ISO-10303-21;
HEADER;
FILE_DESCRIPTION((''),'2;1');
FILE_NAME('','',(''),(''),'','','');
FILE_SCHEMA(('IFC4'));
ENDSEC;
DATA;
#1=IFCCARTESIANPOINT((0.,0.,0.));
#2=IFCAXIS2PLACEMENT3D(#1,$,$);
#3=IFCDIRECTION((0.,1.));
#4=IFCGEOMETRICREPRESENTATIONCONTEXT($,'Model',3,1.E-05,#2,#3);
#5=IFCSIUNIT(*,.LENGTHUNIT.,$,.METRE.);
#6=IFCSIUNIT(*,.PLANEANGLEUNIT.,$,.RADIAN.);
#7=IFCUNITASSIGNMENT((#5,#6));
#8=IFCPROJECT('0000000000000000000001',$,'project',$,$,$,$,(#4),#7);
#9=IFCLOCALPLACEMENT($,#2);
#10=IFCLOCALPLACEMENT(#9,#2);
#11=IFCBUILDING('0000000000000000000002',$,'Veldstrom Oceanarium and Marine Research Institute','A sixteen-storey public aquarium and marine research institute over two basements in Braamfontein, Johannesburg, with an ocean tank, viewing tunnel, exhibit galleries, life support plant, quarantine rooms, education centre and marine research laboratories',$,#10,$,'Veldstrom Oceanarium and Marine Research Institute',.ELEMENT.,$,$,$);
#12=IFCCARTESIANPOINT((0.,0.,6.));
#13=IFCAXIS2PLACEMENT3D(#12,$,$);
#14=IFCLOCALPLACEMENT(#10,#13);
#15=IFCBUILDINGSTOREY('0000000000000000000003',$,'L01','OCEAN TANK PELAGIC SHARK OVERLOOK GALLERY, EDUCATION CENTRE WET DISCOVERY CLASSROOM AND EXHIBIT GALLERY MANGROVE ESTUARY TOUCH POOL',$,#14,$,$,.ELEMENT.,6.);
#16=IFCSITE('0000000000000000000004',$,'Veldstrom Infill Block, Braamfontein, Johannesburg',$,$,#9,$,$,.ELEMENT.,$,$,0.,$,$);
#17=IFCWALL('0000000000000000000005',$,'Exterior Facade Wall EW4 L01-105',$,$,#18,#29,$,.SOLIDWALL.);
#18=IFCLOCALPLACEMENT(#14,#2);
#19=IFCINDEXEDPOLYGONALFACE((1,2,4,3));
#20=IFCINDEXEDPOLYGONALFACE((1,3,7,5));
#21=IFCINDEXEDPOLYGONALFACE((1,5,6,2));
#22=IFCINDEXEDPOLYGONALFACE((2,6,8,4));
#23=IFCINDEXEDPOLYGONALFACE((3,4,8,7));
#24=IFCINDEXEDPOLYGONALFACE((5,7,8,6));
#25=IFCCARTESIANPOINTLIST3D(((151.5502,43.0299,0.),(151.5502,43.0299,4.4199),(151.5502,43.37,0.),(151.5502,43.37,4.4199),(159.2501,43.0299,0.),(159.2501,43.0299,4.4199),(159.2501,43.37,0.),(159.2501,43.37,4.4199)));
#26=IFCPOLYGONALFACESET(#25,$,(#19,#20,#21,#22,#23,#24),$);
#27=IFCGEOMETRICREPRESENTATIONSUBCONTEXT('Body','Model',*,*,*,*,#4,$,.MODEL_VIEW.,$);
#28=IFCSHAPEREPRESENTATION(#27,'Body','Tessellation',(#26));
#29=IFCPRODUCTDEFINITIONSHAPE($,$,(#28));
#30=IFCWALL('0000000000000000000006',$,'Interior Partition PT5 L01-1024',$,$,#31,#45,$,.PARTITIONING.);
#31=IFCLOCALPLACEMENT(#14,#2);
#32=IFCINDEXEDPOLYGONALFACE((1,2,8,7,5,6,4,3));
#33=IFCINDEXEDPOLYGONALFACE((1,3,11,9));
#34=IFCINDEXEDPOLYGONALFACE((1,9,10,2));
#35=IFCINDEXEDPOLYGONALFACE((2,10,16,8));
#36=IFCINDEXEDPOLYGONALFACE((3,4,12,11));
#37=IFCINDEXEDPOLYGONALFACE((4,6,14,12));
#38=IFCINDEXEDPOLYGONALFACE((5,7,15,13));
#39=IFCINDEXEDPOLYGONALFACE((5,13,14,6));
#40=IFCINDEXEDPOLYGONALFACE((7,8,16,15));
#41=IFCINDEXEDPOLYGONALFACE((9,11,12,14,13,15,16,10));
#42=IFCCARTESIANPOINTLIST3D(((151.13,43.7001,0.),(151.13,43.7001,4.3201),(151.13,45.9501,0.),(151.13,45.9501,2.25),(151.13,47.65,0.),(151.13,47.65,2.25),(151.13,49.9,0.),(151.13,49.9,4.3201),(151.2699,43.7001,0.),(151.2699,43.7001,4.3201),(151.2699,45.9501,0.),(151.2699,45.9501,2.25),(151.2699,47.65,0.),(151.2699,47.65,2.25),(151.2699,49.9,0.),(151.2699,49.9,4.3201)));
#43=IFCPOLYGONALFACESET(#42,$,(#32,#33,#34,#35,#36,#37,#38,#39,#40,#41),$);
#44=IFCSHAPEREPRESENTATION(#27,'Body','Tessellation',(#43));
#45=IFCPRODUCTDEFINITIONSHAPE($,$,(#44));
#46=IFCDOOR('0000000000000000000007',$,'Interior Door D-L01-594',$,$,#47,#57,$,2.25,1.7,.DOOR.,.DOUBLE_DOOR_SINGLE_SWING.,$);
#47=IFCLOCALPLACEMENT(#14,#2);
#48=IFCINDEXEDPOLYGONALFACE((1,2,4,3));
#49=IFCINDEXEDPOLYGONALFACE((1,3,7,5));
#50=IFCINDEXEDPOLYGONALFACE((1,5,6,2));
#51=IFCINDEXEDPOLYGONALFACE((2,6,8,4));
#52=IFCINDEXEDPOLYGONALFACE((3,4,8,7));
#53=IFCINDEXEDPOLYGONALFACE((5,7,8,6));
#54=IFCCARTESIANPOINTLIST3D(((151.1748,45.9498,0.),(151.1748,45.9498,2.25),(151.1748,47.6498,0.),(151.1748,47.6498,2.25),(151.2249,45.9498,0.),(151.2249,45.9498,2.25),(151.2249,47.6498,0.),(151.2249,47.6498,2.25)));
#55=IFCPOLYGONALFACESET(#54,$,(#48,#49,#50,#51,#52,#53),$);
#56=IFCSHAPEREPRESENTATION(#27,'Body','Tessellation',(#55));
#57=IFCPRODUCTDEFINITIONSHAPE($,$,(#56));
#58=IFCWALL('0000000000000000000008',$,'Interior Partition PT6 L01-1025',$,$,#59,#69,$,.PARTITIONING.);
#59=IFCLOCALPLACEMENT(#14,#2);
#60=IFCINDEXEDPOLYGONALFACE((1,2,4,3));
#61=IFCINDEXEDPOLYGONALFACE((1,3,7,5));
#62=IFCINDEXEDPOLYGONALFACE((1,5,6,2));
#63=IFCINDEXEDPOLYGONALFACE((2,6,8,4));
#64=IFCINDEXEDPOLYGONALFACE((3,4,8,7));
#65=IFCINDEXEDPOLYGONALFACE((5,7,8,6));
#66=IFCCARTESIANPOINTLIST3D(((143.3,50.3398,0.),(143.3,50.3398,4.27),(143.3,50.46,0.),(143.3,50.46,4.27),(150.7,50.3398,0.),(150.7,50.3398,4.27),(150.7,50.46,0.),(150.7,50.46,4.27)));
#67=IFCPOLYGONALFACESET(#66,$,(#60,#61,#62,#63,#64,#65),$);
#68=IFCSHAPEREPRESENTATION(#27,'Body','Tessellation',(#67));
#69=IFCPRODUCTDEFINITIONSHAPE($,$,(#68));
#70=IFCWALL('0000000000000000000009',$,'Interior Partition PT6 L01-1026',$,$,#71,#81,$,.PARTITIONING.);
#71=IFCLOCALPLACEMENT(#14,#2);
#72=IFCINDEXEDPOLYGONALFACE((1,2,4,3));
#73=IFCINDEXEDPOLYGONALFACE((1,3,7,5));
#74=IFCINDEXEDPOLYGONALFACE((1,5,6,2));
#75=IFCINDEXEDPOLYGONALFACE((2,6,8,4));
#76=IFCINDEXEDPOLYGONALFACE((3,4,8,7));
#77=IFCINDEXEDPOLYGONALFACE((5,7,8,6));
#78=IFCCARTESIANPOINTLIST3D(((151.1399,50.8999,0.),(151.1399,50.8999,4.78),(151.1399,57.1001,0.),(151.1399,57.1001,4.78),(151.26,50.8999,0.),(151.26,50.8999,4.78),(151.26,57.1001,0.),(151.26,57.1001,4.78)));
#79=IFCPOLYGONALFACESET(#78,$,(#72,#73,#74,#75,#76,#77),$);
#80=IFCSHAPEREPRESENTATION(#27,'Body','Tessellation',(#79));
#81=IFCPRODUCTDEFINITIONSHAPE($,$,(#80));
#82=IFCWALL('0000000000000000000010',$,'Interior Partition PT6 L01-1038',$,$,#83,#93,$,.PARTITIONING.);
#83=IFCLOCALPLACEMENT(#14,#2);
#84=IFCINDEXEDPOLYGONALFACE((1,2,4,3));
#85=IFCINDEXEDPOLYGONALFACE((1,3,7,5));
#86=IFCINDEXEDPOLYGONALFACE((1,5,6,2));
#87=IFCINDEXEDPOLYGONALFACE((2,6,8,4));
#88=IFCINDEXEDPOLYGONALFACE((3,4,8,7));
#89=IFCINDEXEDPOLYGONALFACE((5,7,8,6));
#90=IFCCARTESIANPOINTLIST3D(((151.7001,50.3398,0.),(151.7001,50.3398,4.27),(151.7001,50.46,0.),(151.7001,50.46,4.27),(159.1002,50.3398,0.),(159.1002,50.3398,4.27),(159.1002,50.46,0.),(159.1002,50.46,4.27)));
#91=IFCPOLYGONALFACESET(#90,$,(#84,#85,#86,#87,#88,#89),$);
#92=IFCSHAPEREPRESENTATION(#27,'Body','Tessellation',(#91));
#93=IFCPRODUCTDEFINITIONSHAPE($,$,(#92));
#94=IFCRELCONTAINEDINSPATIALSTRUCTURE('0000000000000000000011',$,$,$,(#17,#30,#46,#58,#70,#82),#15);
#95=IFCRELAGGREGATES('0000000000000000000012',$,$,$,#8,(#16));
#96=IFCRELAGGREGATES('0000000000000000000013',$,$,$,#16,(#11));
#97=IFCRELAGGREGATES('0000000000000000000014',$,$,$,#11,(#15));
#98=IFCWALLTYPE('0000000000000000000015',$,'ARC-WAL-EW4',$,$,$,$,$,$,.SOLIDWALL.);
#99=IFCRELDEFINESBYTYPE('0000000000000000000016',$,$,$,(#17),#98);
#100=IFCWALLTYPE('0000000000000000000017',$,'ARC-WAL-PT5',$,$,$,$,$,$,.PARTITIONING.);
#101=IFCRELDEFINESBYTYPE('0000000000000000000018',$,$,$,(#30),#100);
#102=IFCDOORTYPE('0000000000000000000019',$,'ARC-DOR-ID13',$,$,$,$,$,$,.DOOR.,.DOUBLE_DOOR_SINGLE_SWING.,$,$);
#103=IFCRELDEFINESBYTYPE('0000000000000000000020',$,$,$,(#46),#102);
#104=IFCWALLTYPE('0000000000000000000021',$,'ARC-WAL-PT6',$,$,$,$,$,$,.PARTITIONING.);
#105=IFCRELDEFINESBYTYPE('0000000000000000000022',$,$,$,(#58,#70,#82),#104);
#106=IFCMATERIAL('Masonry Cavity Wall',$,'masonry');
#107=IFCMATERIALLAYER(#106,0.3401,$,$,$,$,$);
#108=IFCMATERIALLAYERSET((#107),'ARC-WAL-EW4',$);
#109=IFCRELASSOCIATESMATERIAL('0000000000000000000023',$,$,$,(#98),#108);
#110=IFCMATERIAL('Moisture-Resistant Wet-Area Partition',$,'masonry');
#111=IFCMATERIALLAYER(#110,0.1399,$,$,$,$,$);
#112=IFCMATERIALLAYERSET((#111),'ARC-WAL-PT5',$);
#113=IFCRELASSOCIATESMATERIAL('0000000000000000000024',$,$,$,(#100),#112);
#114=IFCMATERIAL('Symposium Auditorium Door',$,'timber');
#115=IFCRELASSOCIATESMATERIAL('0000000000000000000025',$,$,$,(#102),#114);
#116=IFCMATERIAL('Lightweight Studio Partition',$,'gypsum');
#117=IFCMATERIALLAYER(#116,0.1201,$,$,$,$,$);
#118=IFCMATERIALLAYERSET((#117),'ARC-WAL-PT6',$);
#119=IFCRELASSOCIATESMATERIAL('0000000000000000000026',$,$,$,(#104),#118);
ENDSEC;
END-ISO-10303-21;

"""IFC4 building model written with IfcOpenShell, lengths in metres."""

from ifc_helpers import new_model, si_unit, direction, frame, frame_2d, origin, place, context, subcontext, project, spatial, rectangle, extrude, material, layer, layer_set, type_object, element, fill, save


model = new_model("IFC4")

# Units and contexts
model_context = context("Model", 3, precision=1e-05, world=origin(), true_north=direction((0.0, 1.0)))
body_context = subcontext(model_context, "Body", "Model", "MODEL_VIEW")
ifc_project = project(units=[si_unit("LENGTHUNIT", "METRE"), si_unit("PLANEANGLEUNIT", "RADIAN")], contexts=[model_context])

# Site, building, storey
site_placement = place(None, origin())
site = spatial("IfcSite", under=ifc_project, at=site_placement, Name="Veldstrom Infill Block, Braamfontein, Johannesburg", CompositionType="ELEMENT", RefElevation=0.0)
building_placement = place(site_placement, origin())
building = spatial("IfcBuilding", under=site, at=building_placement, Name="Veldstrom Oceanarium and Marine Research Institute", Description="A sixteen-storey public aquarium and marine research institute over two basements in Braamfontein, Johannesburg, with an ocean tank, viewing tunnel, exhibit galleries, life support plant, quarantine rooms, education centre and marine research laboratories", LongName="Veldstrom Oceanarium and Marine Research Institute", CompositionType="ELEMENT")
storey_placement = place(building_placement, frame((0.0, 0.0, 6.0)))
storey = spatial("IfcBuildingStorey", under=building, at=storey_placement, Name="L01", Description="OCEAN TANK PELAGIC SHARK OVERLOOK GALLERY, EDUCATION CENTRE WET DISCOVERY CLASSROOM AND EXHIBIT GALLERY MANGROVE ESTUARY TOUCH POOL", CompositionType="ELEMENT", Elevation=6.0)

# Wall
ifc_material_1 = material(Name="Masonry Cavity Wall", Category="masonry")
ifc_layer_1 = layer(ifc_material_1, 0.3401)
ifc_layer_set_1 = layer_set([ifc_layer_1], Name="ARC-WAL-EW4")
wall_type_1 = type_object("IfcWallType", Name="ARC-WAL-EW4", PredefinedType="SOLIDWALL", material=ifc_layer_set_1)
wall_1_placement = place(storey_placement, frame((151.55, 43.2, 0.0), z_axis=(0.0, 0.0, 1.0), x_axis=(1.0, 0.0, 0.0)))
element("IfcWall", 1, at=wall_1_placement, inside=storey, type_object=wall_type_1, Name="Exterior Facade Wall EW4 L01-105", PredefinedType="SOLIDWALL", context=body_context, shape_type="SweptSolid", body=[
    extrude(rectangle(XDim=7.7, YDim=0.3401, at=frame_2d((3.8501, 0.0))), origin(), (0.0, 0.0, 1.0), 4.4199),
])

# Wall, opening, door
ifc_material_2 = material(Name="Moisture-Resistant Wet-Area Partition", Category="masonry")
ifc_layer_2 = layer(ifc_material_2, 0.1399)
ifc_layer_set_2 = layer_set([ifc_layer_2], Name="ARC-WAL-PT5")
wall_type_2 = type_object("IfcWallType", Name="ARC-WAL-PT5", PredefinedType="PARTITIONING", material=ifc_layer_set_2)
wall_2_placement = place(storey_placement, frame((151.2, 43.7, 0.0), z_axis=(0.0, 0.0, 1.0), x_axis=(0.0, 1.0, 0.0)))
wall_2 = element("IfcWall", 2, at=wall_2_placement, inside=storey, type_object=wall_type_2, Name="Interior Partition PT5 L01-1024", PredefinedType="PARTITIONING", context=body_context, shape_type="SweptSolid", body=[
    extrude(rectangle(XDim=6.2, YDim=0.1399, at=frame_2d((3.1001, 0.0))), origin(), (0.0, 0.0, 1.0), 4.3201),
])
opening_placement = place(wall_2_placement, frame((2.25, 0.0, 0.0)))
opening = element("IfcOpeningElement", 3, at=opening_placement, cuts=wall_2, PredefinedType="OPENING", context=body_context, shape_type="SweptSolid", body=[
    extrude(rectangle(XDim=1.7, YDim=2.25, at=frame_2d((0.8501, 1.125))), frame((0.0, 0.0798, 0.0), z_axis=(0.0, -1.0, 0.0), x_axis=(1.0, 0.0, 0.0)), (0.0, 0.0, 1.0), 0.1599),
])
ifc_material_3 = material(Name="Symposium Auditorium Door", Category="timber")
door_type = type_object("IfcDoorType", Name="ARC-DOR-ID13", OperationType="DOUBLE_DOOR_SINGLE_SWING", PredefinedType="DOOR", material=ifc_material_3)
door_placement = place(opening_placement, frame((1.7, 0.0, 0.0), z_axis=(0.0, 0.0, 1.0), x_axis=(-1.0, 0.0, 0.0)))
door = element("IfcDoor", 4, at=door_placement, inside=storey, type_object=door_type, Name="Interior Door D-L01-594", OperationType="DOUBLE_DOOR_SINGLE_SWING", OverallHeight=2.25, OverallWidth=1.7, PredefinedType="DOOR", context=body_context, shape_type="SweptSolid", body=[
    extrude(rectangle(XDim=1.7, YDim=2.25, at=frame_2d((0.8501, 1.125))), frame((0.0, 0.0249, 0.0), z_axis=(0.0, -1.0, 0.0), x_axis=(1.0, 0.0, 0.0)), (0.0, 0.0, 1.0), 0.05),
])
fill(opening, door)

# Walls
ifc_material_4 = material(Name="Lightweight Studio Partition", Category="gypsum")
ifc_layer_3 = layer(ifc_material_4, 0.1201)
ifc_layer_set_3 = layer_set([ifc_layer_3], Name="ARC-WAL-PT6")
wall_type_3 = type_object("IfcWallType", Name="ARC-WAL-PT6", PredefinedType="PARTITIONING", material=ifc_layer_set_3)
wall_3_placement = place(storey_placement, frame((143.3, 50.3999, 0.0), z_axis=(0.0, 0.0, 1.0), x_axis=(1.0, 0.0, 0.0)))
element("IfcWall", 5, at=wall_3_placement, inside=storey, type_object=wall_type_3, Name="Interior Partition PT6 L01-1025", PredefinedType="PARTITIONING", context=body_context, shape_type="SweptSolid", body=[
    extrude(rectangle(XDim=7.3999, YDim=0.1201, at=frame_2d((3.7, 0.0))), origin(), (0.0, 0.0, 1.0), 4.27),
])
wall_4_placement = place(storey_placement, frame((151.2, 50.8999, 0.0), z_axis=(0.0, 0.0, 1.0), x_axis=(0.0, 1.0, 0.0)))
element("IfcWall", 6, at=wall_4_placement, inside=storey, type_object=wall_type_3, Name="Interior Partition PT6 L01-1026", PredefinedType="PARTITIONING", context=body_context, shape_type="SweptSolid", body=[
    extrude(rectangle(XDim=6.2002, YDim=0.1201, at=frame_2d((3.1001, 0.0))), origin(), (0.0, 0.0, 1.0), 4.78),
])
wall_5_placement = place(storey_placement, frame((151.7, 50.3999, 0.0), z_axis=(0.0, 0.0, 1.0), x_axis=(1.0, 0.0, 0.0)))
element("IfcWall", 7, at=wall_5_placement, inside=storey, type_object=wall_type_3, Name="Interior Partition PT6 L01-1038", PredefinedType="PARTITIONING", context=body_context, shape_type="SweptSolid", body=[
    extrude(rectangle(XDim=7.4001, YDim=0.1201, at=frame_2d((3.7002, 0.0))), origin(), (0.0, 0.0, 1.0), 4.27),
])

save(model, "model.ifc")
